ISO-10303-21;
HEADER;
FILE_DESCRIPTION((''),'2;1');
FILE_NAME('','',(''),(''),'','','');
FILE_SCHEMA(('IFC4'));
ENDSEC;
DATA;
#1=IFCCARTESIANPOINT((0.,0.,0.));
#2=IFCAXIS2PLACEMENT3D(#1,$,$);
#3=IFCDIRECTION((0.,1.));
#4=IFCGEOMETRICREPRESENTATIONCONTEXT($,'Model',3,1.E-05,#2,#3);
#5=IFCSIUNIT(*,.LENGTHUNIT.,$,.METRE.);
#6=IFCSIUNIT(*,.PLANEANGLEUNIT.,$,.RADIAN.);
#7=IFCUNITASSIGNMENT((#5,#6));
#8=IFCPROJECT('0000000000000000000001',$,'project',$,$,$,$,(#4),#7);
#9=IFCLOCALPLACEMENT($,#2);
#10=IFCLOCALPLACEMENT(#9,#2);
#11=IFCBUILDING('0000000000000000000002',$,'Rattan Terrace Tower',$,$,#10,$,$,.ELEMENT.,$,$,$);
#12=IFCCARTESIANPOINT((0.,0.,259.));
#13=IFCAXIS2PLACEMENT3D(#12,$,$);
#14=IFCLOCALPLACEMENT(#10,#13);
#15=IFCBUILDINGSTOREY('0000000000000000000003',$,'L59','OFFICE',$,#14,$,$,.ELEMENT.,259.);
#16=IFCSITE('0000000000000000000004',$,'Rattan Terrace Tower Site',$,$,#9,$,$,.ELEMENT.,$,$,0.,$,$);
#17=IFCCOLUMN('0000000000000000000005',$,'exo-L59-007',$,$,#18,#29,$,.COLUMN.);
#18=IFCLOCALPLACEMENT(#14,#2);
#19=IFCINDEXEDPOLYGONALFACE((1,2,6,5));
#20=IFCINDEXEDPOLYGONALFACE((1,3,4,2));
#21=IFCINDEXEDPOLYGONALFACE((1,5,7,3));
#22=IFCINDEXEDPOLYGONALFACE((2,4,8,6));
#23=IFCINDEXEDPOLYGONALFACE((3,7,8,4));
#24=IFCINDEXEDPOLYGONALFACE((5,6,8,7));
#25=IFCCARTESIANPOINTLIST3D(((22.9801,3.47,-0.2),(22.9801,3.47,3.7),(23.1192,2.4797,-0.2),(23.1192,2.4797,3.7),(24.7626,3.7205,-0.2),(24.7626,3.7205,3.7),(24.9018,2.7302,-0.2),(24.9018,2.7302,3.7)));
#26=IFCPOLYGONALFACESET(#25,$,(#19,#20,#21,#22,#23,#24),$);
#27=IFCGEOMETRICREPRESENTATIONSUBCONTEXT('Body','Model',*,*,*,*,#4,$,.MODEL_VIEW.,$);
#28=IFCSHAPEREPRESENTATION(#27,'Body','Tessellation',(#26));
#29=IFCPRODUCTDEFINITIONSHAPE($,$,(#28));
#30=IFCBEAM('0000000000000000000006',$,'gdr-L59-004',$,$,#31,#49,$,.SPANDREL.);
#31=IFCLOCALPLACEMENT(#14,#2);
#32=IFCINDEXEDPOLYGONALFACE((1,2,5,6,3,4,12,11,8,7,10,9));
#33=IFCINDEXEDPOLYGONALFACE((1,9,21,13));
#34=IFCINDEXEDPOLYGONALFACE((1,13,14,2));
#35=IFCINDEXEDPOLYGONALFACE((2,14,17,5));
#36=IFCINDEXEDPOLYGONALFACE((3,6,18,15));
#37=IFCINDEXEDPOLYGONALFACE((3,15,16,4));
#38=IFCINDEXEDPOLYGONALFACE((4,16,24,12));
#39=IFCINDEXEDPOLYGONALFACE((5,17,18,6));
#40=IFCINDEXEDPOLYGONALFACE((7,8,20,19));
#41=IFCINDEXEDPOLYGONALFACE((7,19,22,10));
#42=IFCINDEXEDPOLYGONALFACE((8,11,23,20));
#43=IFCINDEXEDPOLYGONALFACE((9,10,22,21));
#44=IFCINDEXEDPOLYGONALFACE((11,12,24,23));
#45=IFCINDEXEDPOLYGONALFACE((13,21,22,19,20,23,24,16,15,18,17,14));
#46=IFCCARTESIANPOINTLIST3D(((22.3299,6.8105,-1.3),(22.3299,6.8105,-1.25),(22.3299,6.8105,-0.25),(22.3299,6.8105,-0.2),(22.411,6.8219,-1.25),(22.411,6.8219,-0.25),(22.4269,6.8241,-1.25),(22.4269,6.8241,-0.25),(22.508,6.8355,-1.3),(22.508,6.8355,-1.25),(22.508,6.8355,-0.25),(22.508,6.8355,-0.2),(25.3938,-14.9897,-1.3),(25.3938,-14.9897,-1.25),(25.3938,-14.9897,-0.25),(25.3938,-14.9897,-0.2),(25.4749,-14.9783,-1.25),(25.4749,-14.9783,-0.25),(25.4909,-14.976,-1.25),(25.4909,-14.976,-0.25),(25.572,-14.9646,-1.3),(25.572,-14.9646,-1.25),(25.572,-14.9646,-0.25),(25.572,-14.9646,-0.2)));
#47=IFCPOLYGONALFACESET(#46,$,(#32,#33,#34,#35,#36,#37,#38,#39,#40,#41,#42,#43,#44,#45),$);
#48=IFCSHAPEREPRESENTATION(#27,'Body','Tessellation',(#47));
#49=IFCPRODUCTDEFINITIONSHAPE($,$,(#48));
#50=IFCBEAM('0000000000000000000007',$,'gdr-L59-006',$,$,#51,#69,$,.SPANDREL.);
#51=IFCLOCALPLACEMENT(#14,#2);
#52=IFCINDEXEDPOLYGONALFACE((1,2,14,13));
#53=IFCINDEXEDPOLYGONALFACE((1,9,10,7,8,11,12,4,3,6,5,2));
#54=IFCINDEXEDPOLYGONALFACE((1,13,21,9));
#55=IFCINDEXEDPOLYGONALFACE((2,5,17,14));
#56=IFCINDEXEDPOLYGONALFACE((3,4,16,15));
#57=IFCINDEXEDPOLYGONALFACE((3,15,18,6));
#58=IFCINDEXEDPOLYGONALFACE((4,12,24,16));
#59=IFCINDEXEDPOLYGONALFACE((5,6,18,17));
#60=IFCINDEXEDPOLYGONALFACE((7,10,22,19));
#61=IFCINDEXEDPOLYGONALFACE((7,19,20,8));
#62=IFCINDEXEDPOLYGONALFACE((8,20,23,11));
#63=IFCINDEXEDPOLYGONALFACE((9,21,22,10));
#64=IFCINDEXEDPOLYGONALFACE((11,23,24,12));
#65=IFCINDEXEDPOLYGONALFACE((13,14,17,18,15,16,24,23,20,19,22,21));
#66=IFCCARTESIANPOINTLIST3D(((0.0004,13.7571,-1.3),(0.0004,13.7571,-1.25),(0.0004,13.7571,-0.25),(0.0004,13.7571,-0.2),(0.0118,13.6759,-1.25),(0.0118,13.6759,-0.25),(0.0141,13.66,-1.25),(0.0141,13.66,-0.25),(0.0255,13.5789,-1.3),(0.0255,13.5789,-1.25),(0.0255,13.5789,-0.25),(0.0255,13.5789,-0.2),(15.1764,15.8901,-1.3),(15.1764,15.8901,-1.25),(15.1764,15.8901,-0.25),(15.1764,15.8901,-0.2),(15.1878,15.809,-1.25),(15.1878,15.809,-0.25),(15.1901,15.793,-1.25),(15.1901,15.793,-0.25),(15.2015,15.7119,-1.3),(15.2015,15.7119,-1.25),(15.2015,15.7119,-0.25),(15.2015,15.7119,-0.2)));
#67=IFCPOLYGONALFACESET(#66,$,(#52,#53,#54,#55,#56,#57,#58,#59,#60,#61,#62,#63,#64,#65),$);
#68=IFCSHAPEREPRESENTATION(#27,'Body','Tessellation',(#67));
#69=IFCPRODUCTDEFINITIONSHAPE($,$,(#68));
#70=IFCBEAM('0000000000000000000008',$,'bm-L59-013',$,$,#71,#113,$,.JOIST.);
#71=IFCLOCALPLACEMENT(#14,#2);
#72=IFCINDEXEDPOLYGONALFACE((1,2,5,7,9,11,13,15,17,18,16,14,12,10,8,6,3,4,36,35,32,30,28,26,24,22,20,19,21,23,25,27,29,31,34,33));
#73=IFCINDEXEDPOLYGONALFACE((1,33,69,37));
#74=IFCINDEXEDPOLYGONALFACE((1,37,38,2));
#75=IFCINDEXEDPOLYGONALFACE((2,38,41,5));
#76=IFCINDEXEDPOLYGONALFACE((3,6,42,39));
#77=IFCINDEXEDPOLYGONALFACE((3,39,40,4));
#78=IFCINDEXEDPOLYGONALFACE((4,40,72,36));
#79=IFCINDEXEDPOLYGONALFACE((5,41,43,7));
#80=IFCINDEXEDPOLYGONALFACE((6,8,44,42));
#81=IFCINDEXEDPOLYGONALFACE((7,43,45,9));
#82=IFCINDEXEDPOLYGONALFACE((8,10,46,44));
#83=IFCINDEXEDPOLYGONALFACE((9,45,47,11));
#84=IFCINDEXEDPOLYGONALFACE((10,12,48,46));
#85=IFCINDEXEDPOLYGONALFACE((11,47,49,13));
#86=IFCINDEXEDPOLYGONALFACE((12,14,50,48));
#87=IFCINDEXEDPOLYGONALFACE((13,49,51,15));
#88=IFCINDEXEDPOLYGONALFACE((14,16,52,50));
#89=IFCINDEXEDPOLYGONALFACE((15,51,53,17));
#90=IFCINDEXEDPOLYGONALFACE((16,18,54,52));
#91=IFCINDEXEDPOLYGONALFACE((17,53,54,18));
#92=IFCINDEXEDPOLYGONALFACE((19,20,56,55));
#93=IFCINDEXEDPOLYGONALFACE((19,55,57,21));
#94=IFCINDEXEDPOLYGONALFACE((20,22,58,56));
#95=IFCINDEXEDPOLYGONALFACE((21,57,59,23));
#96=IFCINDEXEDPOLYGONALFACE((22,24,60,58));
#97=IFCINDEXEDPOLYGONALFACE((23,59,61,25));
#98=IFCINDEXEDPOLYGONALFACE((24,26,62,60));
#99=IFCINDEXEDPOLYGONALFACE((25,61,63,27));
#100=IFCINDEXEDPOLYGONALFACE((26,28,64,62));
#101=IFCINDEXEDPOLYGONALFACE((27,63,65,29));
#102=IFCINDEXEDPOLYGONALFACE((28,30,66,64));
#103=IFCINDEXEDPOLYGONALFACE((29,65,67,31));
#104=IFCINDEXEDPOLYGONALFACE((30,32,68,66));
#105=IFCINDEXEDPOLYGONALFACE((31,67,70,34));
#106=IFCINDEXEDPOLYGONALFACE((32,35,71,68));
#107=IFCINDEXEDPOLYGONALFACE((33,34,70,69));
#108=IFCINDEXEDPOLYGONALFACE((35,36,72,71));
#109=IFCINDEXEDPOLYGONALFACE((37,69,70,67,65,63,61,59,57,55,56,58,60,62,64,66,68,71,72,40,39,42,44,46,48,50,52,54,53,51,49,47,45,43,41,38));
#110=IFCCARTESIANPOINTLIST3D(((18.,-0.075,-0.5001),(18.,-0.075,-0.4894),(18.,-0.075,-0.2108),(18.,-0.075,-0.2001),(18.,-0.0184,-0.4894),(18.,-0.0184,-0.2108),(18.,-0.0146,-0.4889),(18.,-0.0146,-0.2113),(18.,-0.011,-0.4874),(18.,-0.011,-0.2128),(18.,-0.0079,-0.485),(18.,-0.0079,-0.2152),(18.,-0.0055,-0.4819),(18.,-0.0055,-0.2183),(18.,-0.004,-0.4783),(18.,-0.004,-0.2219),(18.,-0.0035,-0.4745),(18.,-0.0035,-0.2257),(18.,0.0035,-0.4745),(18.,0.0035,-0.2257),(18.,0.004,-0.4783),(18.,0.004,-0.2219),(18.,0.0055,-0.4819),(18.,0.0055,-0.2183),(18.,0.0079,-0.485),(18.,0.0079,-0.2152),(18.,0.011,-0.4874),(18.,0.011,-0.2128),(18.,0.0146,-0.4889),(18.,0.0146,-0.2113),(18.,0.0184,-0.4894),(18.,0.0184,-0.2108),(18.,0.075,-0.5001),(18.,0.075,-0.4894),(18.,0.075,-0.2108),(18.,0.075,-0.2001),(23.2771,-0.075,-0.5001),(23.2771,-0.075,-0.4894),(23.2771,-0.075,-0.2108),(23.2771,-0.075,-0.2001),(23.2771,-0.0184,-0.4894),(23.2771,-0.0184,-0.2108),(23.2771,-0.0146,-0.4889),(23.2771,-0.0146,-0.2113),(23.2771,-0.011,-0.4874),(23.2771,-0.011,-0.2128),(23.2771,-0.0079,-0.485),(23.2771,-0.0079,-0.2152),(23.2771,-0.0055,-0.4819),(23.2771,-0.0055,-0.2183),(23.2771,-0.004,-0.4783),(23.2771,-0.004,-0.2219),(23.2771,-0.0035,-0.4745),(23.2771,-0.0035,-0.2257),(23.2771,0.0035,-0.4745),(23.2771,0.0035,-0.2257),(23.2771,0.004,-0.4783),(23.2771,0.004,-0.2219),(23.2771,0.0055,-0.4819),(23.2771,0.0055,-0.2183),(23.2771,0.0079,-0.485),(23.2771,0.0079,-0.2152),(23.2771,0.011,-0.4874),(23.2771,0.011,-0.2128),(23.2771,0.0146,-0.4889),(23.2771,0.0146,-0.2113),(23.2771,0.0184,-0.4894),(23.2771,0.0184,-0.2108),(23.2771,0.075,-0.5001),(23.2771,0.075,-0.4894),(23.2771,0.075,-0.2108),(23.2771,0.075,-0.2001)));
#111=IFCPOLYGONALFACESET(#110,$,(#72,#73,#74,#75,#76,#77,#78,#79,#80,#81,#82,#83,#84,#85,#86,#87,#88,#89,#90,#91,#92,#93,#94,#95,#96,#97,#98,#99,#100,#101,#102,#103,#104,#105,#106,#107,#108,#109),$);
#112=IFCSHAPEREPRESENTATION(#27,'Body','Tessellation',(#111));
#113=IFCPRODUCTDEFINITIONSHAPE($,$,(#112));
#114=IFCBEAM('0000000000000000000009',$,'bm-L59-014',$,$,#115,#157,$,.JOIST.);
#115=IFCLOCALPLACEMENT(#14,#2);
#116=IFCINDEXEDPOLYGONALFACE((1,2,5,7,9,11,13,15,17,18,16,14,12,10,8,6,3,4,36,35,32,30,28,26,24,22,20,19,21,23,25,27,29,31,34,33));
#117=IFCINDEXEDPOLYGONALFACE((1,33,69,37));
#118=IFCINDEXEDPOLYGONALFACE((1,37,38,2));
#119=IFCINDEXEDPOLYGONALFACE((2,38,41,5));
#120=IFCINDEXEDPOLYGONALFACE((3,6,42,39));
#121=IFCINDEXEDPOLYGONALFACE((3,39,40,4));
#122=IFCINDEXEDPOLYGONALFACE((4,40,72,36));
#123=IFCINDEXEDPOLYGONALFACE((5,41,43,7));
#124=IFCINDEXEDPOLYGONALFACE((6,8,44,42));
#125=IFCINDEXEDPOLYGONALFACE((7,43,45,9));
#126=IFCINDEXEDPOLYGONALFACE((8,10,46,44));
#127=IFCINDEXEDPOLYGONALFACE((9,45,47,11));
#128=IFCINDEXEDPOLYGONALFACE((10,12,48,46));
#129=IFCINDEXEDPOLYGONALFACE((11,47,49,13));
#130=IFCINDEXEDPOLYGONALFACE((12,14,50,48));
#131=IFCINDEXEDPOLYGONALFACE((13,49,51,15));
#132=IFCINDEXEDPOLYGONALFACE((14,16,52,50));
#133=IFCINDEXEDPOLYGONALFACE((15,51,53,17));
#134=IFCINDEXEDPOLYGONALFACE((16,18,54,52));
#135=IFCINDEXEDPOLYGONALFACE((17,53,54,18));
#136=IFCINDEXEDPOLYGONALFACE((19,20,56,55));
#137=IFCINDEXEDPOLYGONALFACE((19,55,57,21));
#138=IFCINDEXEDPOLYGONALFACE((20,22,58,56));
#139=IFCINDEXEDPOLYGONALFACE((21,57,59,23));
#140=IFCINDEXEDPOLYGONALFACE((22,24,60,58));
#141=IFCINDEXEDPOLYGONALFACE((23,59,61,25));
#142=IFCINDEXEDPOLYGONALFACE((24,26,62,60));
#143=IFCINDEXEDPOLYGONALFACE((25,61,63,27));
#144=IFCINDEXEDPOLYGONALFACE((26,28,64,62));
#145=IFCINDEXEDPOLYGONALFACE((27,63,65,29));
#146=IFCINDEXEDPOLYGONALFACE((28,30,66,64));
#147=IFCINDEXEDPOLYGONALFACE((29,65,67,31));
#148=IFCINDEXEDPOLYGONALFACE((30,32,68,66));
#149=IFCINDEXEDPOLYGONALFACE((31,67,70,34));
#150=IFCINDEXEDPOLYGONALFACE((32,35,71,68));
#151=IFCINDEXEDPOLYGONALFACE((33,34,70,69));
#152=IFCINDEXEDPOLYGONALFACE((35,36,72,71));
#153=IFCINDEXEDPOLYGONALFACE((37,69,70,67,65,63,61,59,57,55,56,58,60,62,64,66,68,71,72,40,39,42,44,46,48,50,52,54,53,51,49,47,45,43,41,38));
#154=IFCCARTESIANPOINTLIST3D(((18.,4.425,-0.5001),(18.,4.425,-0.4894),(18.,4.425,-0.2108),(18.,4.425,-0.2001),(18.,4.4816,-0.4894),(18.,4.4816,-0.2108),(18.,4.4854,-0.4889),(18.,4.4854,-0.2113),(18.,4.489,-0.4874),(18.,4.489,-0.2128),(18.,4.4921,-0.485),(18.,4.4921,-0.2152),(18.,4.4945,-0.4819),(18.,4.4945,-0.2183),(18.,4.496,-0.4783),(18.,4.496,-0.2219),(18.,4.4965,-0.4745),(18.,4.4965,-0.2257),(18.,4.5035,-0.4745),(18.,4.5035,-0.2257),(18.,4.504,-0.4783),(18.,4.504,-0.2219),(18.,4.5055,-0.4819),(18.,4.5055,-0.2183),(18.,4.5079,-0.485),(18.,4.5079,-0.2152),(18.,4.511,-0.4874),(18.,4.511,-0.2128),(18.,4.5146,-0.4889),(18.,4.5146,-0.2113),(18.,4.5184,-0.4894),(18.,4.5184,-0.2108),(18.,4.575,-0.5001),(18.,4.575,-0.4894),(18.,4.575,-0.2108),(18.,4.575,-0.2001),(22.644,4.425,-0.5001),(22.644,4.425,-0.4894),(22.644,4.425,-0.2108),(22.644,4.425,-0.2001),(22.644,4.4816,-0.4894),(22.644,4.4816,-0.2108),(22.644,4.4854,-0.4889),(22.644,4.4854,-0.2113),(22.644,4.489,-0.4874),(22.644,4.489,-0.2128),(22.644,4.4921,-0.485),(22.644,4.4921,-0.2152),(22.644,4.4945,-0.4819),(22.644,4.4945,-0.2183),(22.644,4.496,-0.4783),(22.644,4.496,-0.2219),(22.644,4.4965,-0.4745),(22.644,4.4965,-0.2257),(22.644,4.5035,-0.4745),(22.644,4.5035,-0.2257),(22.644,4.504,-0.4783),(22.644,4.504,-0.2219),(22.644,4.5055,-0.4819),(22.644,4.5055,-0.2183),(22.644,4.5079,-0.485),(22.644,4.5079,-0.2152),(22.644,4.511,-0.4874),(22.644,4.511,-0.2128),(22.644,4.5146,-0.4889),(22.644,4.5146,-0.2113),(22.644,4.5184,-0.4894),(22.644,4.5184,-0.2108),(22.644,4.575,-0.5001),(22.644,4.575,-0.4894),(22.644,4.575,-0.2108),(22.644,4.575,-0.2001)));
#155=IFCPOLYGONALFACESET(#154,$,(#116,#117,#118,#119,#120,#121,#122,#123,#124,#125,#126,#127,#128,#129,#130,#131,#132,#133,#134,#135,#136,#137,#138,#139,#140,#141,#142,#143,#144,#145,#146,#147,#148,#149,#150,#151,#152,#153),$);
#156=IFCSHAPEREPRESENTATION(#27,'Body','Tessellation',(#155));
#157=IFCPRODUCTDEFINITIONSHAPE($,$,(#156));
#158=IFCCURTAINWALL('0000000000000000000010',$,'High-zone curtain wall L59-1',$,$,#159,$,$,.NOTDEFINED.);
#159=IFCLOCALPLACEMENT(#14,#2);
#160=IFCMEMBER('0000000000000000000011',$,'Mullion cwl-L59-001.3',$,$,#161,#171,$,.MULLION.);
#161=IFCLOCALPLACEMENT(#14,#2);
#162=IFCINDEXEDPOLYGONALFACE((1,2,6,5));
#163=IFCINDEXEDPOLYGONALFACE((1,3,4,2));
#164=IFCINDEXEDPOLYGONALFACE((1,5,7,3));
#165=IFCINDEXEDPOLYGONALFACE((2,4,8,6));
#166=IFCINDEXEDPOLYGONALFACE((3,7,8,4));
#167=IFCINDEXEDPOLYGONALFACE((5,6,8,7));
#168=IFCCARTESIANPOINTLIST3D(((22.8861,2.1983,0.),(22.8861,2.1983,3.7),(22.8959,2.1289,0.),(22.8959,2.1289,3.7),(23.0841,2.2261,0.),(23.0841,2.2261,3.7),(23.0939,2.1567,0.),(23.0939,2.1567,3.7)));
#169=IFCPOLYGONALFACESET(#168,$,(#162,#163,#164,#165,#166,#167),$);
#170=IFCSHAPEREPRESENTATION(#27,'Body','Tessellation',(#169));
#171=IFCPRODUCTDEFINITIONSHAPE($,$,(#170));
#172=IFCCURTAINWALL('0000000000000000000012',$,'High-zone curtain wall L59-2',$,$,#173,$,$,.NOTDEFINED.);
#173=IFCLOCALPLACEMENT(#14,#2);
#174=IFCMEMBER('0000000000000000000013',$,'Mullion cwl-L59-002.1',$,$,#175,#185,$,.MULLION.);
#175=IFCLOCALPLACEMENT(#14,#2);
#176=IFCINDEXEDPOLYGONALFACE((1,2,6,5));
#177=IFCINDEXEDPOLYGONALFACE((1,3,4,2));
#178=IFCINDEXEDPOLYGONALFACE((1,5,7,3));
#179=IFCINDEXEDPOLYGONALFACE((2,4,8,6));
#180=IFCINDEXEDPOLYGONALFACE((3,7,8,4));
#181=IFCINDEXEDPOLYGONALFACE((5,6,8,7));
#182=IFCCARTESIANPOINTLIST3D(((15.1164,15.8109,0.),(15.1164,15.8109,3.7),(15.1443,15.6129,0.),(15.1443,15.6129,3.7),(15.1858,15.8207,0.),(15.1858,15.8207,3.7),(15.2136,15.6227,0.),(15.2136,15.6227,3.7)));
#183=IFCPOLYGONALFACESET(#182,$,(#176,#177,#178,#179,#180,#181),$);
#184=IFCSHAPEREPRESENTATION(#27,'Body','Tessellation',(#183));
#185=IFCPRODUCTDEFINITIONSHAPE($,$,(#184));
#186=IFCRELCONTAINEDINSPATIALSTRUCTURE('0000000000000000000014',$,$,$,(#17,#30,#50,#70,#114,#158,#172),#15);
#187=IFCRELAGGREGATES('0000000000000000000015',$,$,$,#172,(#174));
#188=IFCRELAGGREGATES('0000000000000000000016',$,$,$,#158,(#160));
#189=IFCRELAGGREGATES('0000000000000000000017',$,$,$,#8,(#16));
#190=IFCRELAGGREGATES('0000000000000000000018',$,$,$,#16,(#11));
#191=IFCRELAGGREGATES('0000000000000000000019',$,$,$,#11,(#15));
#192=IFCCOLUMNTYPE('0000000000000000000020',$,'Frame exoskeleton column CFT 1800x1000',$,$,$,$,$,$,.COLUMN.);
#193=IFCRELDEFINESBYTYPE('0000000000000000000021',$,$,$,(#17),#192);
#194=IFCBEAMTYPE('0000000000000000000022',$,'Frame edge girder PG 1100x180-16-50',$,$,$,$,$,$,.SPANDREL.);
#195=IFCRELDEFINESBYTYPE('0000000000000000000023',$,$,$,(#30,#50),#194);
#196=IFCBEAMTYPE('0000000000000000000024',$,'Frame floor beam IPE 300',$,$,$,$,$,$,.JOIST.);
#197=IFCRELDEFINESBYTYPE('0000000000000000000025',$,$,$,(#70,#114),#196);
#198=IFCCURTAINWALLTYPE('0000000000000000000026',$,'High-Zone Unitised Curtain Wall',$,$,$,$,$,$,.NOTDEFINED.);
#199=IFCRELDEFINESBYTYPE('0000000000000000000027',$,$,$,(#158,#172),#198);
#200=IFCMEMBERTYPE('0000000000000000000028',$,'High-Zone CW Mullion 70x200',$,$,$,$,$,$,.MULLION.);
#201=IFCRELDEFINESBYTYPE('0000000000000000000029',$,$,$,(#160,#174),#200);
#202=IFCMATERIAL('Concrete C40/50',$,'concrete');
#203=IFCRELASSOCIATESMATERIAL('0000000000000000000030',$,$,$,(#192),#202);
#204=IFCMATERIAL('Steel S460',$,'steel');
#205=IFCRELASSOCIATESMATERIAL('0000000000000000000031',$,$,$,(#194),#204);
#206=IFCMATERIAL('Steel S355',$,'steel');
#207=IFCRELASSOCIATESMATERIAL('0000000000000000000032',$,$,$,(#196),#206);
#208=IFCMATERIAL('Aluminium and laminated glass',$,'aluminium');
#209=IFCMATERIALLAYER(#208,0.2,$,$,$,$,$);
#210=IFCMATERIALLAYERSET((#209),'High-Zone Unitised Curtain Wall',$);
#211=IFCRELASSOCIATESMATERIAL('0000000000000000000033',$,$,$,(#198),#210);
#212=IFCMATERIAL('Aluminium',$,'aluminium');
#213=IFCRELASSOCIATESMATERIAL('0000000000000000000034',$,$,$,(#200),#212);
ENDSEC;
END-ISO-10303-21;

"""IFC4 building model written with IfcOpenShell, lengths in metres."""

from ifc_helpers import new_model, si_unit, direction, frame, origin, origin_2d, place, context, subcontext, project, spatial, rectangle, i_section, extrude, material, layer, layer_set, material_profile, profile_set, type_object, element, aggregate, save


model = new_model("IFC4")

# Units and contexts
model_context = context("Model", 3, precision=1e-05, world=origin(), true_north=direction((0.0, 1.0)))
body_context = subcontext(model_context, "Body", "Model", "MODEL_VIEW")
ifc_project = project(units=[si_unit("LENGTHUNIT", "METRE"), si_unit("PLANEANGLEUNIT", "RADIAN")], contexts=[model_context])

# Site, building, storey
site_placement = place(None, origin())
site = spatial("IfcSite", under=ifc_project, at=site_placement, Name="Rattan Terrace Tower Site", CompositionType="ELEMENT", RefElevation=0.0)
building_placement = place(site_placement, origin())
building = spatial("IfcBuilding", under=site, at=building_placement, Name="Rattan Terrace Tower", CompositionType="ELEMENT")
storey_placement = place(building_placement, frame((0.0, 0.0, 259.0)))
storey = spatial("IfcBuildingStorey", under=building, at=storey_placement, Name="L59", Description="OFFICE", CompositionType="ELEMENT", Elevation=259.0)

# Column
ifc_material_1 = material(Name="Concrete C40/50", Category="concrete")
ifc_material_profile_1 = material_profile(ifc_material_1, rectangle(XDim=1.0, YDim=1.8, at=origin_2d()), Name="CFT 1800x1000")
ifc_profile_set_1 = profile_set([ifc_material_profile_1], Name="Concrete C40/50")
column_type = type_object("IfcColumnType", Name="Frame exoskeleton column CFT 1800x1000", PredefinedType="COLUMN", material=ifc_profile_set_1)
column_placement = place(storey_placement, frame((23.9409, 3.1001, -0.2), z_axis=(0.0, 0.0, 1.0), x_axis=(-0.13919, 0.990266, 0.0)))
element("IfcColumn", 1, at=column_placement, inside=storey, type_object=column_type, Name="exo-L59-007", PredefinedType="COLUMN", context=body_context, shape_type="SweptSolid", body=[
    extrude(rectangle(XDim=1.0, YDim=1.8, at=origin_2d()), origin(), (0.0, 0.0, 1.0), 3.8999),
])

# Beams
ifc_material_2 = material(Name="Steel S460", Category="steel")
ifc_material_profile_2 = material_profile(ifc_material_2, i_section(OverallWidth=0.1799, OverallDepth=1.1001, WebThickness=0.0161, FlangeThickness=0.05, at=origin_2d()), Name="PG 1100x180-16-50")
ifc_profile_set_2 = profile_set([ifc_material_profile_2], Name="Steel S460")
beam_type_1 = type_object("IfcBeamType", Name="Frame edge girder PG 1100x180-16-50", PredefinedType="SPANDREL", material=ifc_profile_set_2)
beam_1_placement = place(storey_placement, frame((22.4189, 6.823, -0.75), z_axis=(0.139181, -0.990267, 0.0), x_axis=(0.990267, 0.139181, 0.0)))
element("IfcBeam", 2, at=beam_1_placement, inside=storey, type_object=beam_type_1, Name="gdr-L59-004", PredefinedType="SPANDREL", context=body_context, shape_type="SweptSolid", body=[
    extrude(i_section(OverallWidth=0.1799, OverallDepth=1.1001, WebThickness=0.0161, FlangeThickness=0.05, at=origin_2d()), origin(), (0.0, 0.0, 1.0), 22.0144),
])
beam_2_placement = place(storey_placement, frame((15.189, 15.801, -0.75), z_axis=(-0.990266, -0.139186, 0.0), x_axis=(0.139186, -0.990266, 0.0)))
element("IfcBeam", 3, at=beam_2_placement, inside=storey, type_object=beam_type_1, Name="gdr-L59-006", PredefinedType="SPANDREL", context=body_context, shape_type="SweptSolid", body=[
    extrude(i_section(OverallWidth=0.1799, OverallDepth=1.1001, WebThickness=0.0161, FlangeThickness=0.05, at=origin_2d()), origin(), (0.0, 0.0, 1.0), 15.3252),
])
ifc_material_3 = material(Name="Steel S355", Category="steel")
ifc_material_profile_3 = material_profile(ifc_material_3, i_section(OverallWidth=0.1499, OverallDepth=0.3, WebThickness=0.0071, FlangeThickness=0.0107, FilletRadius=0.0149, at=origin_2d()), Name="IPE 300")
ifc_profile_set_3 = profile_set([ifc_material_profile_3], Name="Steel S355")
beam_type_2 = type_object("IfcBeamType", Name="Frame floor beam IPE 300", PredefinedType="JOIST", material=ifc_profile_set_3)
beam_3_placement = place(storey_placement, frame((18.0, 0.0, -0.3501), z_axis=(1.0, 0.0, 0.0), x_axis=(0.0, 1.0, 0.0)))
element("IfcBeam", 4, at=beam_3_placement, inside=storey, type_object=beam_type_2, Name="bm-L59-013", PredefinedType="JOIST", context=body_context, shape_type="SweptSolid", body=[
    extrude(i_section(OverallWidth=0.1499, OverallDepth=0.3, WebThickness=0.0071, FlangeThickness=0.0107, FilletRadius=0.0149, at=origin_2d()), origin(), (0.0, 0.0, 1.0), 5.2771),
])
beam_4_placement = place(storey_placement, frame((18.0, 4.5, -0.3501), z_axis=(1.0, 0.0, 0.0), x_axis=(0.0, 1.0, 0.0)))
element("IfcBeam", 5, at=beam_4_placement, inside=storey, type_object=beam_type_2, Name="bm-L59-014", PredefinedType="JOIST", context=body_context, shape_type="SweptSolid", body=[
    extrude(i_section(OverallWidth=0.1499, OverallDepth=0.3, WebThickness=0.0071, FlangeThickness=0.0107, FilletRadius=0.0149, at=origin_2d()), origin(), (0.0, 0.0, 1.0), 4.644),
])

# Curtain walls, members
ifc_material_4 = material(Name="Aluminium and laminated glass", Category="aluminium")
ifc_layer_1 = layer(ifc_material_4, 0.2)
ifc_layer_set_1 = layer_set([ifc_layer_1], Name="High-Zone Unitised Curtain Wall")
curtain_wall_type = type_object("IfcCurtainWallType", Name="High-Zone Unitised Curtain Wall", PredefinedType="NOTDEFINED", material=ifc_layer_set_1)
curtain_wall_1_placement = place(storey_placement, origin())
curtain_wall_1 = element("IfcCurtainWall", 6, at=curtain_wall_1_placement, inside=storey, type_object=curtain_wall_type, Name="High-zone curtain wall L59-1", PredefinedType="NOTDEFINED")
ifc_material_5 = material(Name="Aluminium", Category="aluminium")
ifc_material_profile_4 = material_profile(ifc_material_5, rectangle(XDim=0.0701, YDim=0.2, at=origin_2d()), Name="Aluminium 70x200")
ifc_profile_set_4 = profile_set([ifc_material_profile_4], Name="Aluminium")
member_type_1 = type_object("IfcMemberType", Name="High-Zone CW Mullion 70x200", PredefinedType="MULLION", material=ifc_profile_set_4)
member_1_placement = place(storey_placement, frame((22.99, 2.1775, 0.0), z_axis=(0.0, 0.0, 1.0), x_axis=(-0.139192, 0.990265, 0.0)))
member_1 = element("IfcMember", 7, at=member_1_placement, type_object=member_type_1, Name="Mullion cwl-L59-001.3", PredefinedType="MULLION", context=body_context, shape_type="SweptSolid", body=[
    extrude(rectangle(XDim=0.0701, YDim=0.2, at=origin_2d()), origin(), (0.0, 0.0, 1.0), 3.7),
])
curtain_wall_2_placement = place(storey_placement, origin())
curtain_wall_2 = element("IfcCurtainWall", 8, at=curtain_wall_2_placement, inside=storey, type_object=curtain_wall_type, Name="High-zone curtain wall L59-2", PredefinedType="NOTDEFINED")
member_2_placement = place(storey_placement, frame((15.165, 15.7168, 0.0), z_axis=(0.0, 0.0, 1.0), x_axis=(-0.990266, -0.139189, 0.0)))
member_2 = element("IfcMember", 9, at=member_2_placement, type_object=member_type_1, Name="Mullion cwl-L59-002.1", PredefinedType="MULLION", context=body_context, shape_type="SweptSolid", body=[
    extrude(rectangle(XDim=0.0701, YDim=0.2, at=origin_2d()), origin(), (0.0, 0.0, 1.0), 3.7),
])

aggregate(curtain_wall_2, [member_2])

aggregate(curtain_wall_1, [member_1])

save(model, "model.ifc")
